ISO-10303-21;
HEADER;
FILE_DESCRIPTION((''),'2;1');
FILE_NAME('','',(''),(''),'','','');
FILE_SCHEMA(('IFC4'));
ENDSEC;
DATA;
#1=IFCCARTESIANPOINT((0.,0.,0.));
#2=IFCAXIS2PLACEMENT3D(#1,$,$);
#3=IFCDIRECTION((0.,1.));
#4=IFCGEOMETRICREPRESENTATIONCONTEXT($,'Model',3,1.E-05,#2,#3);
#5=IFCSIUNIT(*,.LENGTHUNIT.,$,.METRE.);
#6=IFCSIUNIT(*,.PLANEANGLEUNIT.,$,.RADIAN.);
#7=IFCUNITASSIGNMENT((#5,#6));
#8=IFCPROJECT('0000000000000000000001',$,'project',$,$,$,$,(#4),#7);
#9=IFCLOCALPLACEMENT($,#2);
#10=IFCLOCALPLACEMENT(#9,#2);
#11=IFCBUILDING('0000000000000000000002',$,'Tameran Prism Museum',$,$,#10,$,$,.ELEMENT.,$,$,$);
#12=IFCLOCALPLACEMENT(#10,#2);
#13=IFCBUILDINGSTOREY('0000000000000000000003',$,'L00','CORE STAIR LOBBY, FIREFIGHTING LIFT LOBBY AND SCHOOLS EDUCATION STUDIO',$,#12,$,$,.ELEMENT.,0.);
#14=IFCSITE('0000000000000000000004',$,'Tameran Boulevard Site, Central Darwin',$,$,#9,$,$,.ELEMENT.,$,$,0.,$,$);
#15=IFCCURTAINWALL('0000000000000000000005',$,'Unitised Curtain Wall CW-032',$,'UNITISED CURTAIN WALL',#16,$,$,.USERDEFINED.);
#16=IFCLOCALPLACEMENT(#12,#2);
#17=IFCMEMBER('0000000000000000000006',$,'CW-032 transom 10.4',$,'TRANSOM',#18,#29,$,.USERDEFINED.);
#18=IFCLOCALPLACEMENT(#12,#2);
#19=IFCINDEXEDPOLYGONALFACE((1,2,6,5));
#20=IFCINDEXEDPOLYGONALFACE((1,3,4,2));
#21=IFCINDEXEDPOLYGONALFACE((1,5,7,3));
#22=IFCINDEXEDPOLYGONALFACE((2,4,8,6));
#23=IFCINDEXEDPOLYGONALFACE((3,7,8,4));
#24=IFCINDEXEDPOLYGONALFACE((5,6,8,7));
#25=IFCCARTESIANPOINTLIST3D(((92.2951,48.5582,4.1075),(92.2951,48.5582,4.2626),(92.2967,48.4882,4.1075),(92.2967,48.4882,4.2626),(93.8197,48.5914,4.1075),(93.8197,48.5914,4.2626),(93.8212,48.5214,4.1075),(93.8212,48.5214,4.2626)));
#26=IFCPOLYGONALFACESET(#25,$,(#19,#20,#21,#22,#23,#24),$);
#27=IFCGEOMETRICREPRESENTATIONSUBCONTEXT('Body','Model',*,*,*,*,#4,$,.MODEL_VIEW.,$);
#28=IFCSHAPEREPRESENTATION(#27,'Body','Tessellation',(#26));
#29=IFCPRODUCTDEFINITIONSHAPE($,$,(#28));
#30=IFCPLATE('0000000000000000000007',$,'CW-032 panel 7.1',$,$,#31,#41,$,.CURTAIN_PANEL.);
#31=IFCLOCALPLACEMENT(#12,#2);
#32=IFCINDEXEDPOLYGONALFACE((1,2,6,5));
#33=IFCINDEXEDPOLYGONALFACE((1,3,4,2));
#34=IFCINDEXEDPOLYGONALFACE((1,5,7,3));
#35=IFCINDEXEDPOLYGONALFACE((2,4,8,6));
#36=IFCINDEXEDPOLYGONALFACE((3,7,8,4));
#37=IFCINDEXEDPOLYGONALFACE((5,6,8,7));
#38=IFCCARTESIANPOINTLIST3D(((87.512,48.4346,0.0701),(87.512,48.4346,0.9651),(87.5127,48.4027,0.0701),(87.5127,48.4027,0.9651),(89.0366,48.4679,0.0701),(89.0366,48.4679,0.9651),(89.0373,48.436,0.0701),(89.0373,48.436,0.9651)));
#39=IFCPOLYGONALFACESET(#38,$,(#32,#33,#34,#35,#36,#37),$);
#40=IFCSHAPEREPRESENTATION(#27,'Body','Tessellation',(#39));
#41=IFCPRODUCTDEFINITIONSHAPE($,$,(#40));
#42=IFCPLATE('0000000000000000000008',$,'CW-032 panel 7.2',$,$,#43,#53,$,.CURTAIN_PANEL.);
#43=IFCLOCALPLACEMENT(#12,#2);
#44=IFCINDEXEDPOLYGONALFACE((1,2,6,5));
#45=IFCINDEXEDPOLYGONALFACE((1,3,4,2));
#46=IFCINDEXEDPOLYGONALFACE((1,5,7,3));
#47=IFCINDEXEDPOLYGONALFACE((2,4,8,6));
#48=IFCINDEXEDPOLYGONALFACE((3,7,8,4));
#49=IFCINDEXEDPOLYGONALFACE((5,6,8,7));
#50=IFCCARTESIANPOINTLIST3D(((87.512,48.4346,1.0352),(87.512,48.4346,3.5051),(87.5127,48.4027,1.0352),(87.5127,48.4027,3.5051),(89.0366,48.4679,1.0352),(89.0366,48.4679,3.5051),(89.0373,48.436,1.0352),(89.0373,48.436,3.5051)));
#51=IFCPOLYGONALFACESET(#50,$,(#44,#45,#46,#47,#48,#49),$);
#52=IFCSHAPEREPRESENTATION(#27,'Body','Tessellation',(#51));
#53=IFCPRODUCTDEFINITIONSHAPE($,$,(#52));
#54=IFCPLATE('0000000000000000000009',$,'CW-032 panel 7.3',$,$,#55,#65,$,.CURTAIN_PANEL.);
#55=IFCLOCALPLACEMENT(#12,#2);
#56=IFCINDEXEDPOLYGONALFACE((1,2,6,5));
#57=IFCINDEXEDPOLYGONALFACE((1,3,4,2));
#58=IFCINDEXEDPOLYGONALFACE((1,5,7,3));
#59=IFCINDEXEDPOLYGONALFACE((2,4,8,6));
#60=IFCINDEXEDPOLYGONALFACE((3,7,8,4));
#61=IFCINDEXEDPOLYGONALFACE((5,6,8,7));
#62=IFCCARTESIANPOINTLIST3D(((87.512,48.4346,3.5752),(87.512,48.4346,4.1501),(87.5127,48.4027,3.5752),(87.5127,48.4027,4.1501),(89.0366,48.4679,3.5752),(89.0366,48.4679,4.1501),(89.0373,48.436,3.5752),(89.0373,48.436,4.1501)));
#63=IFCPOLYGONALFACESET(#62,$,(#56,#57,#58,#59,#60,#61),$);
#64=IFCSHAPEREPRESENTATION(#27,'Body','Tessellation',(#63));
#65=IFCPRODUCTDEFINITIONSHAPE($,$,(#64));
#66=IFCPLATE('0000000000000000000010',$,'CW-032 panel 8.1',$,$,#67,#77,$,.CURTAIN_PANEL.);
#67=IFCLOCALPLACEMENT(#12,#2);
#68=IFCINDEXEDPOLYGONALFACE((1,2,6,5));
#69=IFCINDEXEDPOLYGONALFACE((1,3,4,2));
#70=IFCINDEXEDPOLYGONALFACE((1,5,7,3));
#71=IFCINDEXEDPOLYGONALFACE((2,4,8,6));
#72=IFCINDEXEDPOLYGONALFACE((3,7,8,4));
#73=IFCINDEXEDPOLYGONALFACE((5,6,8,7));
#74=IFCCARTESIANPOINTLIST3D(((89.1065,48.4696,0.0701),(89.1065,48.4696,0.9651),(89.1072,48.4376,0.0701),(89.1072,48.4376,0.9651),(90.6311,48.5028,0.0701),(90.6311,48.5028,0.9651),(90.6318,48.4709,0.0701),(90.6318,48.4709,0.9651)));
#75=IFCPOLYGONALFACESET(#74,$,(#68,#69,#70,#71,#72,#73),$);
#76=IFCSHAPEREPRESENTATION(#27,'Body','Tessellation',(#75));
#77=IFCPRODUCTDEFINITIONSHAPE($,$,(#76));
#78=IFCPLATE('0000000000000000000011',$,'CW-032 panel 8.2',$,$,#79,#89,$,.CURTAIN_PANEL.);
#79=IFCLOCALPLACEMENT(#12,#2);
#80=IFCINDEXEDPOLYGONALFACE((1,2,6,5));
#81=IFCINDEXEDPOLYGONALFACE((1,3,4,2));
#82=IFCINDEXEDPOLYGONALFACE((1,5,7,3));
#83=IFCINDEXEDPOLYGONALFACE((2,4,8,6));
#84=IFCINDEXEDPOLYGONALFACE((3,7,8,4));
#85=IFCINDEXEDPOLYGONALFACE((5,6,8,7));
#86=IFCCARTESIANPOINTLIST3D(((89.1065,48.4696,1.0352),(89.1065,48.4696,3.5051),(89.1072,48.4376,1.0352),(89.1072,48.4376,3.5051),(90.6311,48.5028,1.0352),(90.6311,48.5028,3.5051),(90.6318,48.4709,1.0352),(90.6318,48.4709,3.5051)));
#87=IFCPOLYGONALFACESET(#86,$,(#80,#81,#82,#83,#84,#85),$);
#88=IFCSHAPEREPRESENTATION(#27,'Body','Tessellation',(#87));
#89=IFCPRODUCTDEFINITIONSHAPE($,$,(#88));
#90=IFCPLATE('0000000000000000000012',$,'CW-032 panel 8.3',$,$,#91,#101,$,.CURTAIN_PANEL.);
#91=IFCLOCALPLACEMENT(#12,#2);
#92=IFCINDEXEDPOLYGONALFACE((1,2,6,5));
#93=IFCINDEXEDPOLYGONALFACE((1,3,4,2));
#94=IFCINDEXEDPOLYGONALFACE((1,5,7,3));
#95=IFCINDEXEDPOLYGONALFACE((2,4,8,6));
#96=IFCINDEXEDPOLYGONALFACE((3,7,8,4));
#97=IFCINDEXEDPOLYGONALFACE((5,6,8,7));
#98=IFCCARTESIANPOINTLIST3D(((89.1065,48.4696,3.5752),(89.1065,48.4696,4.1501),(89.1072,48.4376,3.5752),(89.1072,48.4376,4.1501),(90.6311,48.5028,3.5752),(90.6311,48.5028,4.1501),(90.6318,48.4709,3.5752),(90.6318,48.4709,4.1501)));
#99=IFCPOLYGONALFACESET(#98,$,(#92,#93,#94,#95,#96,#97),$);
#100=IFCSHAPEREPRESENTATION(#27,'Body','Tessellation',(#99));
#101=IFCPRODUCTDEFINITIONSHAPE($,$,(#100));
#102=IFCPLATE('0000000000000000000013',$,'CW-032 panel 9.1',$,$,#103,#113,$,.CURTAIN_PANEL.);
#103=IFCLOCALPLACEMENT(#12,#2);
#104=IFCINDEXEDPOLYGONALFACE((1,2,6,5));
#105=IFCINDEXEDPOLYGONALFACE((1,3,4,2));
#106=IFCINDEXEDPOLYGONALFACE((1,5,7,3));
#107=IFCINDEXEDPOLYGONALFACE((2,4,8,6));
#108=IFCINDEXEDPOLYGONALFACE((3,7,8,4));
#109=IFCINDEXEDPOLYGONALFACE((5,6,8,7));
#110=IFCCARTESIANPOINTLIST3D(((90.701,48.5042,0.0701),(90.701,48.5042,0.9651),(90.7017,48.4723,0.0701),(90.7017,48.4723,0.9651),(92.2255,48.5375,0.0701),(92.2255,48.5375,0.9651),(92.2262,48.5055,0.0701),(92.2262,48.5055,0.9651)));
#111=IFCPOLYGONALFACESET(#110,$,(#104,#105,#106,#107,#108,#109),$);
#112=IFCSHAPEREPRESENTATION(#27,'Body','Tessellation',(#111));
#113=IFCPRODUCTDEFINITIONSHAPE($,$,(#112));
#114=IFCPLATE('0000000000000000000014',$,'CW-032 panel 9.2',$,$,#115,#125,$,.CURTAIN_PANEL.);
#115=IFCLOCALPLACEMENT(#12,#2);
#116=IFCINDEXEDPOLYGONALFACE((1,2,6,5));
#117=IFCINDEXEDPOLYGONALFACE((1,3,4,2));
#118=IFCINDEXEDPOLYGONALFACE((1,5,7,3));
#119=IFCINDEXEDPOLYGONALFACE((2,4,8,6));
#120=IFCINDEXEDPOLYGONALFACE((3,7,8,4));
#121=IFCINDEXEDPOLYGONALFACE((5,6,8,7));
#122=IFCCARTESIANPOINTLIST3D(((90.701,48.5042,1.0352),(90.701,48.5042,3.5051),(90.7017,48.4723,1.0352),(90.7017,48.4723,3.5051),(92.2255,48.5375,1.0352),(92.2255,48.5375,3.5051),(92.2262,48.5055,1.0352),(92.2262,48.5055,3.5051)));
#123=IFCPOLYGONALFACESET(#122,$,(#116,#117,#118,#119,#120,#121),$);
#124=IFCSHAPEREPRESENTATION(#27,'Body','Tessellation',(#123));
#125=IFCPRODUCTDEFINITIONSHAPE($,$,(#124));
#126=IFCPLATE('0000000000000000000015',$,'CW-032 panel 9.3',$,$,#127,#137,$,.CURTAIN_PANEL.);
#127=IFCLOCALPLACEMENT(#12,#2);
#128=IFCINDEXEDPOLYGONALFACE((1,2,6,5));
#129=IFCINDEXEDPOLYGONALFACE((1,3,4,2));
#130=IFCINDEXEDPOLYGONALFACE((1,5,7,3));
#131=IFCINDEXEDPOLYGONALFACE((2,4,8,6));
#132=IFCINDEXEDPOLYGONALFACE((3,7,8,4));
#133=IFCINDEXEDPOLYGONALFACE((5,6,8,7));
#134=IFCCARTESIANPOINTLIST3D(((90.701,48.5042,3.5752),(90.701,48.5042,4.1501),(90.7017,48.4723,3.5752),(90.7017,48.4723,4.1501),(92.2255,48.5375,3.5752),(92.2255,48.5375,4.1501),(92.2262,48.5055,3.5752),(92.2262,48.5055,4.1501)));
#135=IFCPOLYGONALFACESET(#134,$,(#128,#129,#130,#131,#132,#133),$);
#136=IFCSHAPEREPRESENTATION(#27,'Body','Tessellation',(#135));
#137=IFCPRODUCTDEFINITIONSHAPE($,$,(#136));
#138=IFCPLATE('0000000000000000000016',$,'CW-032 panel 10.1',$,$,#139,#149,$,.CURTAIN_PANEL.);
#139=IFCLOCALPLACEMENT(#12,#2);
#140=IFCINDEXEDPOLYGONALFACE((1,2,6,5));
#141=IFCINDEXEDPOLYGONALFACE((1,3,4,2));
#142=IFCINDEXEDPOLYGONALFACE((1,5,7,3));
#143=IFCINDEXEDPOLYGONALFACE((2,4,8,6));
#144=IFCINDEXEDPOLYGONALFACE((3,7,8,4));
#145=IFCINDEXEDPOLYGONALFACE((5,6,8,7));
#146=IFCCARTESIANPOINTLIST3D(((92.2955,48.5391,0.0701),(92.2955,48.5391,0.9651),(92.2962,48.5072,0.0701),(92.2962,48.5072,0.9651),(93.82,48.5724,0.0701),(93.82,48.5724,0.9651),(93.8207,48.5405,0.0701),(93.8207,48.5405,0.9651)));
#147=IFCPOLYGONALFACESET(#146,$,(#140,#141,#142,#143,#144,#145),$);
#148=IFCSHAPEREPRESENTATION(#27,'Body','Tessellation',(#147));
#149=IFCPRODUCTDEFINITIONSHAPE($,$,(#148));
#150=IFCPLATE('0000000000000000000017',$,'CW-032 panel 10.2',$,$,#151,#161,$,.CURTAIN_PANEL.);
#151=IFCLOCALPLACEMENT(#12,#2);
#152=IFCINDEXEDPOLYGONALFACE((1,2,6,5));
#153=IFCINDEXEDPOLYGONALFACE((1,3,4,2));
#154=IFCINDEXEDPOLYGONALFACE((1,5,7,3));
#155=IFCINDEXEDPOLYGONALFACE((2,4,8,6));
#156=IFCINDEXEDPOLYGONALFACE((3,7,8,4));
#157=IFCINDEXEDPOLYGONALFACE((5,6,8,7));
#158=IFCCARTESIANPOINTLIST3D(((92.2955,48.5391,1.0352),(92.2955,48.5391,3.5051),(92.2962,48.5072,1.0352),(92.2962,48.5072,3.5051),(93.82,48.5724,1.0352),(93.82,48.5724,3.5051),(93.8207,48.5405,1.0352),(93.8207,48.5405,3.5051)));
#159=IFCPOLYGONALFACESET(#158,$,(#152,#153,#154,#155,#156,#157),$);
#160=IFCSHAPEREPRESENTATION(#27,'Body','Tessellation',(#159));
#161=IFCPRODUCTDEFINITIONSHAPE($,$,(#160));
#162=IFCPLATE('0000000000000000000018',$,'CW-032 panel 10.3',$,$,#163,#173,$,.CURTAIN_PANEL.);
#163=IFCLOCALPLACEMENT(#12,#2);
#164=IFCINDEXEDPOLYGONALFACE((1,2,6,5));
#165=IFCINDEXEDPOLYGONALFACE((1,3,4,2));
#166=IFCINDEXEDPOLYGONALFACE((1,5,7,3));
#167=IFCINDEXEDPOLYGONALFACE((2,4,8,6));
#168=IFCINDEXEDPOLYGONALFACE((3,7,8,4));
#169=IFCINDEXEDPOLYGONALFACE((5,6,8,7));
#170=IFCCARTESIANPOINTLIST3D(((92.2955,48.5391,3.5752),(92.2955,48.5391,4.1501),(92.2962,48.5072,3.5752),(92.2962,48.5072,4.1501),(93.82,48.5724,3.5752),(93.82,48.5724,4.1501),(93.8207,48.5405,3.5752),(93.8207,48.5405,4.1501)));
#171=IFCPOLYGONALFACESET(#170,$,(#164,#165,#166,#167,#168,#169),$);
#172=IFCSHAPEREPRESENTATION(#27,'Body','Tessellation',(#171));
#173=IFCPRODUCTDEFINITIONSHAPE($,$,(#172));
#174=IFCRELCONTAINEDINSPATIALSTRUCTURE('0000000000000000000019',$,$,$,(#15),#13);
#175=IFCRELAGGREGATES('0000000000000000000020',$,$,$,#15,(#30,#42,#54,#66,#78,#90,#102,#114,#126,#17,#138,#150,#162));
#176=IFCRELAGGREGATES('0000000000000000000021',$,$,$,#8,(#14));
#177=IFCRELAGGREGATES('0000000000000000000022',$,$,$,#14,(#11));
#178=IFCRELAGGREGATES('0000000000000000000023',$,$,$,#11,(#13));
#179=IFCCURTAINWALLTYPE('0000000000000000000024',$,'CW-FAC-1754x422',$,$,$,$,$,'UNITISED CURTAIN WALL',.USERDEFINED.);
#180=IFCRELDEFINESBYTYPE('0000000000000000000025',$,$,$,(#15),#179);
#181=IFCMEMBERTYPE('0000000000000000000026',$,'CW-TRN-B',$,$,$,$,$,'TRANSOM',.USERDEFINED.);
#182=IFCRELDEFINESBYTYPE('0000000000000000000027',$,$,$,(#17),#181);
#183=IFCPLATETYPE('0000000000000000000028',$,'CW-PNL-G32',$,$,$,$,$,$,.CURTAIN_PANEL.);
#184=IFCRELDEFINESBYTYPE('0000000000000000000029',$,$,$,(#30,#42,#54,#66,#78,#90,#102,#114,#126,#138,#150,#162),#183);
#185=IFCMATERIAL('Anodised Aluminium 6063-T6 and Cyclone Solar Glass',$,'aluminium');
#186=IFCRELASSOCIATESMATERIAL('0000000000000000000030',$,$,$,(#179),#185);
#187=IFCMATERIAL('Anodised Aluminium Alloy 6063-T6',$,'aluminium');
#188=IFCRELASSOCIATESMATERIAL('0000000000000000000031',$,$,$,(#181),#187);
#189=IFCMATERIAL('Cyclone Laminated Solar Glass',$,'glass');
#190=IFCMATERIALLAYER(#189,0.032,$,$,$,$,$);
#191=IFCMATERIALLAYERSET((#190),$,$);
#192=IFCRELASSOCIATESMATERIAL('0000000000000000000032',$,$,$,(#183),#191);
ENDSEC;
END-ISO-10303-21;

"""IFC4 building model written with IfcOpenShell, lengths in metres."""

from ifc_helpers import new_model, si_unit, direction, frame, origin, origin_2d, place, context, subcontext, project, spatial, rectangle, extrude, material, layer, layer_set, material_profile, profile_set, type_object, element, aggregate, save


model = new_model("IFC4")

# Units and contexts
model_context = context("Model", 3, precision=1e-05, world=origin(), true_north=direction((0.0, 1.0)))
body_context = subcontext(model_context, "Body", "Model", "MODEL_VIEW")
ifc_project = project(units=[si_unit("LENGTHUNIT", "METRE"), si_unit("PLANEANGLEUNIT", "RADIAN")], contexts=[model_context])

# Site, building, storey
site_placement = place(None, origin())
site = spatial("IfcSite", under=ifc_project, at=site_placement, Name="Tameran Boulevard Site, Central Darwin", CompositionType="ELEMENT", RefElevation=0.0)
building_placement = place(site_placement, origin())
building = spatial("IfcBuilding", under=site, at=building_placement, Name="Tameran Prism Museum", CompositionType="ELEMENT")
storey_placement = place(building_placement, origin())
storey = spatial("IfcBuildingStorey", under=building, at=storey_placement, Name="L00", Description="CORE STAIR LOBBY, FIREFIGHTING LIFT LOBBY AND SCHOOLS EDUCATION STUDIO", CompositionType="ELEMENT", Elevation=0.0)

# Curtain wall, member, plates
ifc_material_1 = material(Name="Anodised Aluminium 6063-T6 and Cyclone Solar Glass", Category="aluminium")
curtain_wall_type = type_object("IfcCurtainWallType", Name="CW-FAC-1754x422", ElementType="UNITISED CURTAIN WALL", PredefinedType="USERDEFINED", material=ifc_material_1)
curtain_wall_placement = place(storey_placement, origin())
curtain_wall = element("IfcCurtainWall", 1, at=curtain_wall_placement, inside=storey, type_object=curtain_wall_type, Name="Unitised Curtain Wall CW-032", ObjectType="UNITISED CURTAIN WALL", PredefinedType="USERDEFINED")
ifc_material_2 = material(Name="Anodised Aluminium Alloy 6063-T6", Category="aluminium")
ifc_material_profile_1 = material_profile(ifc_material_2, rectangle(XDim=0.0701, YDim=0.155, at=origin_2d()))
ifc_profile_set_1 = profile_set([ifc_material_profile_1])
member_type_1 = type_object("IfcMemberType", Name="CW-TRN-B", ElementType="TRANSOM", PredefinedType="USERDEFINED", material=ifc_profile_set_1)
member_1_placement = place(storey_placement, frame((92.2959, 48.5232, 4.1851), z_axis=(0.999763, 0.021772, 0.0), x_axis=(-0.021772, 0.999763, 0.0)))
member_1 = element("IfcMember", 2, at=member_1_placement, type_object=member_type_1, Name="CW-032 transom 10.4", ObjectType="TRANSOM", PredefinedType="USERDEFINED", context=body_context, shape_type="SweptSolid", body=[
    extrude(rectangle(XDim=0.0701, YDim=0.155, at=origin_2d()), origin(), (0.0, 0.0, 1.0), 1.5249),
])
ifc_material_3 = material(Name="Cyclone Laminated Solar Glass", Category="glass")
ifc_layer = layer(ifc_material_3, 0.032)
ifc_layer_set = layer_set([ifc_layer])
plate_type = type_object("IfcPlateType", Name="CW-PNL-G32", PredefinedType="CURTAIN_PANEL", material=ifc_layer_set)
plate_1_placement = place(storey_placement, frame((88.2747, 48.4353, 0.0701), z_axis=(0.0, 0.0, 1.0), x_axis=(0.999762, 0.021831, 0.0)))
plate_1 = element("IfcPlate", 3, at=plate_1_placement, type_object=plate_type, Name="CW-032 panel 7.1", PredefinedType="CURTAIN_PANEL", context=body_context, shape_type="SweptSolid", body=[
    extrude(rectangle(XDim=1.5249, YDim=0.032, at=origin_2d()), origin(), (0.0, 0.0, 1.0), 0.895),
])
plate_2_placement = place(storey_placement, frame((88.2747, 48.4353, 1.0352), z_axis=(0.0, 0.0, 1.0), x_axis=(0.999762, 0.021831, 0.0)))
plate_2 = element("IfcPlate", 4, at=plate_2_placement, type_object=plate_type, Name="CW-032 panel 7.2", PredefinedType="CURTAIN_PANEL", context=body_context, shape_type="SweptSolid", body=[
    extrude(rectangle(XDim=1.5249, YDim=0.032, at=origin_2d()), origin(), (0.0, 0.0, 1.0), 2.47),
])
plate_3_placement = place(storey_placement, frame((88.2747, 48.4353, 3.5752), z_axis=(0.0, 0.0, 1.0), x_axis=(0.999762, 0.021831, 0.0)))
plate_3 = element("IfcPlate", 5, at=plate_3_placement, type_object=plate_type, Name="CW-032 panel 7.3", PredefinedType="CURTAIN_PANEL", context=body_context, shape_type="SweptSolid", body=[
    extrude(rectangle(XDim=1.5249, YDim=0.032, at=origin_2d()), origin(), (0.0, 0.0, 1.0), 0.575),
])
plate_4_placement = place(storey_placement, frame((89.8691, 48.4702, 0.0701), z_axis=(0.0, 0.0, 1.0), x_axis=(0.999762, 0.021831, 0.0)))
plate_4 = element("IfcPlate", 6, at=plate_4_placement, type_object=plate_type, Name="CW-032 panel 8.1", PredefinedType="CURTAIN_PANEL", context=body_context, shape_type="SweptSolid", body=[
    extrude(rectangle(XDim=1.5249, YDim=0.032, at=origin_2d()), origin(), (0.0, 0.0, 1.0), 0.895),
])
plate_5_placement = place(storey_placement, frame((89.8691, 48.4702, 1.0352), z_axis=(0.0, 0.0, 1.0), x_axis=(0.999762, 0.021831, 0.0)))
plate_5 = element("IfcPlate", 7, at=plate_5_placement, type_object=plate_type, Name="CW-032 panel 8.2", PredefinedType="CURTAIN_PANEL", context=body_context, shape_type="SweptSolid", body=[
    extrude(rectangle(XDim=1.5249, YDim=0.032, at=origin_2d()), origin(), (0.0, 0.0, 1.0), 2.47),
])
plate_6_placement = place(storey_placement, frame((89.8691, 48.4702, 3.5752), z_axis=(0.0, 0.0, 1.0), x_axis=(0.999762, 0.021831, 0.0)))
plate_6 = element("IfcPlate", 8, at=plate_6_placement, type_object=plate_type, Name="CW-032 panel 8.3", PredefinedType="CURTAIN_PANEL", context=body_context, shape_type="SweptSolid", body=[
    extrude(rectangle(XDim=1.5249, YDim=0.032, at=origin_2d()), origin(), (0.0, 0.0, 1.0), 0.575),
])
plate_7_placement = place(storey_placement, frame((91.4636, 48.5049, 0.0701), z_axis=(0.0, 0.0, 1.0), x_axis=(0.999762, 0.021831, 0.0)))
plate_7 = element("IfcPlate", 9, at=plate_7_placement, type_object=plate_type, Name="CW-032 panel 9.1", PredefinedType="CURTAIN_PANEL", context=body_context, shape_type="SweptSolid", body=[
    extrude(rectangle(XDim=1.5249, YDim=0.032, at=origin_2d()), origin(), (0.0, 0.0, 1.0), 0.895),
])
plate_8_placement = place(storey_placement, frame((91.4636, 48.5049, 1.0352), z_axis=(0.0, 0.0, 1.0), x_axis=(0.999762, 0.021831, 0.0)))
plate_8 = element("IfcPlate", 10, at=plate_8_placement, type_object=plate_type, Name="CW-032 panel 9.2", PredefinedType="CURTAIN_PANEL", context=body_context, shape_type="SweptSolid", body=[
    extrude(rectangle(XDim=1.5249, YDim=0.032, at=origin_2d()), origin(), (0.0, 0.0, 1.0), 2.47),
])
plate_9_placement = place(storey_placement, frame((91.4636, 48.5049, 3.5752), z_axis=(0.0, 0.0, 1.0), x_axis=(0.999762, 0.021831, 0.0)))
plate_9 = element("IfcPlate", 11, at=plate_9_placement, type_object=plate_type, Name="CW-032 panel 9.3", PredefinedType="CURTAIN_PANEL", context=body_context, shape_type="SweptSolid", body=[
    extrude(rectangle(XDim=1.5249, YDim=0.032, at=origin_2d()), origin(), (0.0, 0.0, 1.0), 0.575),
])
plate_10_placement = place(storey_placement, frame((93.0581, 48.5398, 0.0701), z_axis=(0.0, 0.0, 1.0), x_axis=(0.999762, 0.021831, 0.0)))
plate_10 = element("IfcPlate", 12, at=plate_10_placement, type_object=plate_type, Name="CW-032 panel 10.1", PredefinedType="CURTAIN_PANEL", context=body_context, shape_type="SweptSolid", body=[
    extrude(rectangle(XDim=1.5249, YDim=0.032, at=origin_2d()), origin(), (0.0, 0.0, 1.0), 0.895),
])
plate_11_placement = place(storey_placement, frame((93.0581, 48.5398, 1.0352), z_axis=(0.0, 0.0, 1.0), x_axis=(0.999762, 0.021831, 0.0)))
plate_11 = element("IfcPlate", 13, at=plate_11_placement, type_object=plate_type, Name="CW-032 panel 10.2", PredefinedType="CURTAIN_PANEL", context=body_context, shape_type="SweptSolid", body=[
    extrude(rectangle(XDim=1.5249, YDim=0.032, at=origin_2d()), origin(), (0.0, 0.0, 1.0), 2.47),
])
plate_12_placement = place(storey_placement, frame((93.0581, 48.5398, 3.5752), z_axis=(0.0, 0.0, 1.0), x_axis=(0.999762, 0.021831, 0.0)))
plate_12 = element("IfcPlate", 14, at=plate_12_placement, type_object=plate_type, Name="CW-032 panel 10.3", PredefinedType="CURTAIN_PANEL", context=body_context, shape_type="SweptSolid", body=[
    extrude(rectangle(XDim=1.5249, YDim=0.032, at=origin_2d()), origin(), (0.0, 0.0, 1.0), 0.575),
])
aggregate(curtain_wall, [plate_1, plate_2, plate_3, plate_4, plate_5, plate_6, plate_7, plate_8, plate_9, member_1, plate_10, plate_11, plate_12])

save(model, "model.ifc")
